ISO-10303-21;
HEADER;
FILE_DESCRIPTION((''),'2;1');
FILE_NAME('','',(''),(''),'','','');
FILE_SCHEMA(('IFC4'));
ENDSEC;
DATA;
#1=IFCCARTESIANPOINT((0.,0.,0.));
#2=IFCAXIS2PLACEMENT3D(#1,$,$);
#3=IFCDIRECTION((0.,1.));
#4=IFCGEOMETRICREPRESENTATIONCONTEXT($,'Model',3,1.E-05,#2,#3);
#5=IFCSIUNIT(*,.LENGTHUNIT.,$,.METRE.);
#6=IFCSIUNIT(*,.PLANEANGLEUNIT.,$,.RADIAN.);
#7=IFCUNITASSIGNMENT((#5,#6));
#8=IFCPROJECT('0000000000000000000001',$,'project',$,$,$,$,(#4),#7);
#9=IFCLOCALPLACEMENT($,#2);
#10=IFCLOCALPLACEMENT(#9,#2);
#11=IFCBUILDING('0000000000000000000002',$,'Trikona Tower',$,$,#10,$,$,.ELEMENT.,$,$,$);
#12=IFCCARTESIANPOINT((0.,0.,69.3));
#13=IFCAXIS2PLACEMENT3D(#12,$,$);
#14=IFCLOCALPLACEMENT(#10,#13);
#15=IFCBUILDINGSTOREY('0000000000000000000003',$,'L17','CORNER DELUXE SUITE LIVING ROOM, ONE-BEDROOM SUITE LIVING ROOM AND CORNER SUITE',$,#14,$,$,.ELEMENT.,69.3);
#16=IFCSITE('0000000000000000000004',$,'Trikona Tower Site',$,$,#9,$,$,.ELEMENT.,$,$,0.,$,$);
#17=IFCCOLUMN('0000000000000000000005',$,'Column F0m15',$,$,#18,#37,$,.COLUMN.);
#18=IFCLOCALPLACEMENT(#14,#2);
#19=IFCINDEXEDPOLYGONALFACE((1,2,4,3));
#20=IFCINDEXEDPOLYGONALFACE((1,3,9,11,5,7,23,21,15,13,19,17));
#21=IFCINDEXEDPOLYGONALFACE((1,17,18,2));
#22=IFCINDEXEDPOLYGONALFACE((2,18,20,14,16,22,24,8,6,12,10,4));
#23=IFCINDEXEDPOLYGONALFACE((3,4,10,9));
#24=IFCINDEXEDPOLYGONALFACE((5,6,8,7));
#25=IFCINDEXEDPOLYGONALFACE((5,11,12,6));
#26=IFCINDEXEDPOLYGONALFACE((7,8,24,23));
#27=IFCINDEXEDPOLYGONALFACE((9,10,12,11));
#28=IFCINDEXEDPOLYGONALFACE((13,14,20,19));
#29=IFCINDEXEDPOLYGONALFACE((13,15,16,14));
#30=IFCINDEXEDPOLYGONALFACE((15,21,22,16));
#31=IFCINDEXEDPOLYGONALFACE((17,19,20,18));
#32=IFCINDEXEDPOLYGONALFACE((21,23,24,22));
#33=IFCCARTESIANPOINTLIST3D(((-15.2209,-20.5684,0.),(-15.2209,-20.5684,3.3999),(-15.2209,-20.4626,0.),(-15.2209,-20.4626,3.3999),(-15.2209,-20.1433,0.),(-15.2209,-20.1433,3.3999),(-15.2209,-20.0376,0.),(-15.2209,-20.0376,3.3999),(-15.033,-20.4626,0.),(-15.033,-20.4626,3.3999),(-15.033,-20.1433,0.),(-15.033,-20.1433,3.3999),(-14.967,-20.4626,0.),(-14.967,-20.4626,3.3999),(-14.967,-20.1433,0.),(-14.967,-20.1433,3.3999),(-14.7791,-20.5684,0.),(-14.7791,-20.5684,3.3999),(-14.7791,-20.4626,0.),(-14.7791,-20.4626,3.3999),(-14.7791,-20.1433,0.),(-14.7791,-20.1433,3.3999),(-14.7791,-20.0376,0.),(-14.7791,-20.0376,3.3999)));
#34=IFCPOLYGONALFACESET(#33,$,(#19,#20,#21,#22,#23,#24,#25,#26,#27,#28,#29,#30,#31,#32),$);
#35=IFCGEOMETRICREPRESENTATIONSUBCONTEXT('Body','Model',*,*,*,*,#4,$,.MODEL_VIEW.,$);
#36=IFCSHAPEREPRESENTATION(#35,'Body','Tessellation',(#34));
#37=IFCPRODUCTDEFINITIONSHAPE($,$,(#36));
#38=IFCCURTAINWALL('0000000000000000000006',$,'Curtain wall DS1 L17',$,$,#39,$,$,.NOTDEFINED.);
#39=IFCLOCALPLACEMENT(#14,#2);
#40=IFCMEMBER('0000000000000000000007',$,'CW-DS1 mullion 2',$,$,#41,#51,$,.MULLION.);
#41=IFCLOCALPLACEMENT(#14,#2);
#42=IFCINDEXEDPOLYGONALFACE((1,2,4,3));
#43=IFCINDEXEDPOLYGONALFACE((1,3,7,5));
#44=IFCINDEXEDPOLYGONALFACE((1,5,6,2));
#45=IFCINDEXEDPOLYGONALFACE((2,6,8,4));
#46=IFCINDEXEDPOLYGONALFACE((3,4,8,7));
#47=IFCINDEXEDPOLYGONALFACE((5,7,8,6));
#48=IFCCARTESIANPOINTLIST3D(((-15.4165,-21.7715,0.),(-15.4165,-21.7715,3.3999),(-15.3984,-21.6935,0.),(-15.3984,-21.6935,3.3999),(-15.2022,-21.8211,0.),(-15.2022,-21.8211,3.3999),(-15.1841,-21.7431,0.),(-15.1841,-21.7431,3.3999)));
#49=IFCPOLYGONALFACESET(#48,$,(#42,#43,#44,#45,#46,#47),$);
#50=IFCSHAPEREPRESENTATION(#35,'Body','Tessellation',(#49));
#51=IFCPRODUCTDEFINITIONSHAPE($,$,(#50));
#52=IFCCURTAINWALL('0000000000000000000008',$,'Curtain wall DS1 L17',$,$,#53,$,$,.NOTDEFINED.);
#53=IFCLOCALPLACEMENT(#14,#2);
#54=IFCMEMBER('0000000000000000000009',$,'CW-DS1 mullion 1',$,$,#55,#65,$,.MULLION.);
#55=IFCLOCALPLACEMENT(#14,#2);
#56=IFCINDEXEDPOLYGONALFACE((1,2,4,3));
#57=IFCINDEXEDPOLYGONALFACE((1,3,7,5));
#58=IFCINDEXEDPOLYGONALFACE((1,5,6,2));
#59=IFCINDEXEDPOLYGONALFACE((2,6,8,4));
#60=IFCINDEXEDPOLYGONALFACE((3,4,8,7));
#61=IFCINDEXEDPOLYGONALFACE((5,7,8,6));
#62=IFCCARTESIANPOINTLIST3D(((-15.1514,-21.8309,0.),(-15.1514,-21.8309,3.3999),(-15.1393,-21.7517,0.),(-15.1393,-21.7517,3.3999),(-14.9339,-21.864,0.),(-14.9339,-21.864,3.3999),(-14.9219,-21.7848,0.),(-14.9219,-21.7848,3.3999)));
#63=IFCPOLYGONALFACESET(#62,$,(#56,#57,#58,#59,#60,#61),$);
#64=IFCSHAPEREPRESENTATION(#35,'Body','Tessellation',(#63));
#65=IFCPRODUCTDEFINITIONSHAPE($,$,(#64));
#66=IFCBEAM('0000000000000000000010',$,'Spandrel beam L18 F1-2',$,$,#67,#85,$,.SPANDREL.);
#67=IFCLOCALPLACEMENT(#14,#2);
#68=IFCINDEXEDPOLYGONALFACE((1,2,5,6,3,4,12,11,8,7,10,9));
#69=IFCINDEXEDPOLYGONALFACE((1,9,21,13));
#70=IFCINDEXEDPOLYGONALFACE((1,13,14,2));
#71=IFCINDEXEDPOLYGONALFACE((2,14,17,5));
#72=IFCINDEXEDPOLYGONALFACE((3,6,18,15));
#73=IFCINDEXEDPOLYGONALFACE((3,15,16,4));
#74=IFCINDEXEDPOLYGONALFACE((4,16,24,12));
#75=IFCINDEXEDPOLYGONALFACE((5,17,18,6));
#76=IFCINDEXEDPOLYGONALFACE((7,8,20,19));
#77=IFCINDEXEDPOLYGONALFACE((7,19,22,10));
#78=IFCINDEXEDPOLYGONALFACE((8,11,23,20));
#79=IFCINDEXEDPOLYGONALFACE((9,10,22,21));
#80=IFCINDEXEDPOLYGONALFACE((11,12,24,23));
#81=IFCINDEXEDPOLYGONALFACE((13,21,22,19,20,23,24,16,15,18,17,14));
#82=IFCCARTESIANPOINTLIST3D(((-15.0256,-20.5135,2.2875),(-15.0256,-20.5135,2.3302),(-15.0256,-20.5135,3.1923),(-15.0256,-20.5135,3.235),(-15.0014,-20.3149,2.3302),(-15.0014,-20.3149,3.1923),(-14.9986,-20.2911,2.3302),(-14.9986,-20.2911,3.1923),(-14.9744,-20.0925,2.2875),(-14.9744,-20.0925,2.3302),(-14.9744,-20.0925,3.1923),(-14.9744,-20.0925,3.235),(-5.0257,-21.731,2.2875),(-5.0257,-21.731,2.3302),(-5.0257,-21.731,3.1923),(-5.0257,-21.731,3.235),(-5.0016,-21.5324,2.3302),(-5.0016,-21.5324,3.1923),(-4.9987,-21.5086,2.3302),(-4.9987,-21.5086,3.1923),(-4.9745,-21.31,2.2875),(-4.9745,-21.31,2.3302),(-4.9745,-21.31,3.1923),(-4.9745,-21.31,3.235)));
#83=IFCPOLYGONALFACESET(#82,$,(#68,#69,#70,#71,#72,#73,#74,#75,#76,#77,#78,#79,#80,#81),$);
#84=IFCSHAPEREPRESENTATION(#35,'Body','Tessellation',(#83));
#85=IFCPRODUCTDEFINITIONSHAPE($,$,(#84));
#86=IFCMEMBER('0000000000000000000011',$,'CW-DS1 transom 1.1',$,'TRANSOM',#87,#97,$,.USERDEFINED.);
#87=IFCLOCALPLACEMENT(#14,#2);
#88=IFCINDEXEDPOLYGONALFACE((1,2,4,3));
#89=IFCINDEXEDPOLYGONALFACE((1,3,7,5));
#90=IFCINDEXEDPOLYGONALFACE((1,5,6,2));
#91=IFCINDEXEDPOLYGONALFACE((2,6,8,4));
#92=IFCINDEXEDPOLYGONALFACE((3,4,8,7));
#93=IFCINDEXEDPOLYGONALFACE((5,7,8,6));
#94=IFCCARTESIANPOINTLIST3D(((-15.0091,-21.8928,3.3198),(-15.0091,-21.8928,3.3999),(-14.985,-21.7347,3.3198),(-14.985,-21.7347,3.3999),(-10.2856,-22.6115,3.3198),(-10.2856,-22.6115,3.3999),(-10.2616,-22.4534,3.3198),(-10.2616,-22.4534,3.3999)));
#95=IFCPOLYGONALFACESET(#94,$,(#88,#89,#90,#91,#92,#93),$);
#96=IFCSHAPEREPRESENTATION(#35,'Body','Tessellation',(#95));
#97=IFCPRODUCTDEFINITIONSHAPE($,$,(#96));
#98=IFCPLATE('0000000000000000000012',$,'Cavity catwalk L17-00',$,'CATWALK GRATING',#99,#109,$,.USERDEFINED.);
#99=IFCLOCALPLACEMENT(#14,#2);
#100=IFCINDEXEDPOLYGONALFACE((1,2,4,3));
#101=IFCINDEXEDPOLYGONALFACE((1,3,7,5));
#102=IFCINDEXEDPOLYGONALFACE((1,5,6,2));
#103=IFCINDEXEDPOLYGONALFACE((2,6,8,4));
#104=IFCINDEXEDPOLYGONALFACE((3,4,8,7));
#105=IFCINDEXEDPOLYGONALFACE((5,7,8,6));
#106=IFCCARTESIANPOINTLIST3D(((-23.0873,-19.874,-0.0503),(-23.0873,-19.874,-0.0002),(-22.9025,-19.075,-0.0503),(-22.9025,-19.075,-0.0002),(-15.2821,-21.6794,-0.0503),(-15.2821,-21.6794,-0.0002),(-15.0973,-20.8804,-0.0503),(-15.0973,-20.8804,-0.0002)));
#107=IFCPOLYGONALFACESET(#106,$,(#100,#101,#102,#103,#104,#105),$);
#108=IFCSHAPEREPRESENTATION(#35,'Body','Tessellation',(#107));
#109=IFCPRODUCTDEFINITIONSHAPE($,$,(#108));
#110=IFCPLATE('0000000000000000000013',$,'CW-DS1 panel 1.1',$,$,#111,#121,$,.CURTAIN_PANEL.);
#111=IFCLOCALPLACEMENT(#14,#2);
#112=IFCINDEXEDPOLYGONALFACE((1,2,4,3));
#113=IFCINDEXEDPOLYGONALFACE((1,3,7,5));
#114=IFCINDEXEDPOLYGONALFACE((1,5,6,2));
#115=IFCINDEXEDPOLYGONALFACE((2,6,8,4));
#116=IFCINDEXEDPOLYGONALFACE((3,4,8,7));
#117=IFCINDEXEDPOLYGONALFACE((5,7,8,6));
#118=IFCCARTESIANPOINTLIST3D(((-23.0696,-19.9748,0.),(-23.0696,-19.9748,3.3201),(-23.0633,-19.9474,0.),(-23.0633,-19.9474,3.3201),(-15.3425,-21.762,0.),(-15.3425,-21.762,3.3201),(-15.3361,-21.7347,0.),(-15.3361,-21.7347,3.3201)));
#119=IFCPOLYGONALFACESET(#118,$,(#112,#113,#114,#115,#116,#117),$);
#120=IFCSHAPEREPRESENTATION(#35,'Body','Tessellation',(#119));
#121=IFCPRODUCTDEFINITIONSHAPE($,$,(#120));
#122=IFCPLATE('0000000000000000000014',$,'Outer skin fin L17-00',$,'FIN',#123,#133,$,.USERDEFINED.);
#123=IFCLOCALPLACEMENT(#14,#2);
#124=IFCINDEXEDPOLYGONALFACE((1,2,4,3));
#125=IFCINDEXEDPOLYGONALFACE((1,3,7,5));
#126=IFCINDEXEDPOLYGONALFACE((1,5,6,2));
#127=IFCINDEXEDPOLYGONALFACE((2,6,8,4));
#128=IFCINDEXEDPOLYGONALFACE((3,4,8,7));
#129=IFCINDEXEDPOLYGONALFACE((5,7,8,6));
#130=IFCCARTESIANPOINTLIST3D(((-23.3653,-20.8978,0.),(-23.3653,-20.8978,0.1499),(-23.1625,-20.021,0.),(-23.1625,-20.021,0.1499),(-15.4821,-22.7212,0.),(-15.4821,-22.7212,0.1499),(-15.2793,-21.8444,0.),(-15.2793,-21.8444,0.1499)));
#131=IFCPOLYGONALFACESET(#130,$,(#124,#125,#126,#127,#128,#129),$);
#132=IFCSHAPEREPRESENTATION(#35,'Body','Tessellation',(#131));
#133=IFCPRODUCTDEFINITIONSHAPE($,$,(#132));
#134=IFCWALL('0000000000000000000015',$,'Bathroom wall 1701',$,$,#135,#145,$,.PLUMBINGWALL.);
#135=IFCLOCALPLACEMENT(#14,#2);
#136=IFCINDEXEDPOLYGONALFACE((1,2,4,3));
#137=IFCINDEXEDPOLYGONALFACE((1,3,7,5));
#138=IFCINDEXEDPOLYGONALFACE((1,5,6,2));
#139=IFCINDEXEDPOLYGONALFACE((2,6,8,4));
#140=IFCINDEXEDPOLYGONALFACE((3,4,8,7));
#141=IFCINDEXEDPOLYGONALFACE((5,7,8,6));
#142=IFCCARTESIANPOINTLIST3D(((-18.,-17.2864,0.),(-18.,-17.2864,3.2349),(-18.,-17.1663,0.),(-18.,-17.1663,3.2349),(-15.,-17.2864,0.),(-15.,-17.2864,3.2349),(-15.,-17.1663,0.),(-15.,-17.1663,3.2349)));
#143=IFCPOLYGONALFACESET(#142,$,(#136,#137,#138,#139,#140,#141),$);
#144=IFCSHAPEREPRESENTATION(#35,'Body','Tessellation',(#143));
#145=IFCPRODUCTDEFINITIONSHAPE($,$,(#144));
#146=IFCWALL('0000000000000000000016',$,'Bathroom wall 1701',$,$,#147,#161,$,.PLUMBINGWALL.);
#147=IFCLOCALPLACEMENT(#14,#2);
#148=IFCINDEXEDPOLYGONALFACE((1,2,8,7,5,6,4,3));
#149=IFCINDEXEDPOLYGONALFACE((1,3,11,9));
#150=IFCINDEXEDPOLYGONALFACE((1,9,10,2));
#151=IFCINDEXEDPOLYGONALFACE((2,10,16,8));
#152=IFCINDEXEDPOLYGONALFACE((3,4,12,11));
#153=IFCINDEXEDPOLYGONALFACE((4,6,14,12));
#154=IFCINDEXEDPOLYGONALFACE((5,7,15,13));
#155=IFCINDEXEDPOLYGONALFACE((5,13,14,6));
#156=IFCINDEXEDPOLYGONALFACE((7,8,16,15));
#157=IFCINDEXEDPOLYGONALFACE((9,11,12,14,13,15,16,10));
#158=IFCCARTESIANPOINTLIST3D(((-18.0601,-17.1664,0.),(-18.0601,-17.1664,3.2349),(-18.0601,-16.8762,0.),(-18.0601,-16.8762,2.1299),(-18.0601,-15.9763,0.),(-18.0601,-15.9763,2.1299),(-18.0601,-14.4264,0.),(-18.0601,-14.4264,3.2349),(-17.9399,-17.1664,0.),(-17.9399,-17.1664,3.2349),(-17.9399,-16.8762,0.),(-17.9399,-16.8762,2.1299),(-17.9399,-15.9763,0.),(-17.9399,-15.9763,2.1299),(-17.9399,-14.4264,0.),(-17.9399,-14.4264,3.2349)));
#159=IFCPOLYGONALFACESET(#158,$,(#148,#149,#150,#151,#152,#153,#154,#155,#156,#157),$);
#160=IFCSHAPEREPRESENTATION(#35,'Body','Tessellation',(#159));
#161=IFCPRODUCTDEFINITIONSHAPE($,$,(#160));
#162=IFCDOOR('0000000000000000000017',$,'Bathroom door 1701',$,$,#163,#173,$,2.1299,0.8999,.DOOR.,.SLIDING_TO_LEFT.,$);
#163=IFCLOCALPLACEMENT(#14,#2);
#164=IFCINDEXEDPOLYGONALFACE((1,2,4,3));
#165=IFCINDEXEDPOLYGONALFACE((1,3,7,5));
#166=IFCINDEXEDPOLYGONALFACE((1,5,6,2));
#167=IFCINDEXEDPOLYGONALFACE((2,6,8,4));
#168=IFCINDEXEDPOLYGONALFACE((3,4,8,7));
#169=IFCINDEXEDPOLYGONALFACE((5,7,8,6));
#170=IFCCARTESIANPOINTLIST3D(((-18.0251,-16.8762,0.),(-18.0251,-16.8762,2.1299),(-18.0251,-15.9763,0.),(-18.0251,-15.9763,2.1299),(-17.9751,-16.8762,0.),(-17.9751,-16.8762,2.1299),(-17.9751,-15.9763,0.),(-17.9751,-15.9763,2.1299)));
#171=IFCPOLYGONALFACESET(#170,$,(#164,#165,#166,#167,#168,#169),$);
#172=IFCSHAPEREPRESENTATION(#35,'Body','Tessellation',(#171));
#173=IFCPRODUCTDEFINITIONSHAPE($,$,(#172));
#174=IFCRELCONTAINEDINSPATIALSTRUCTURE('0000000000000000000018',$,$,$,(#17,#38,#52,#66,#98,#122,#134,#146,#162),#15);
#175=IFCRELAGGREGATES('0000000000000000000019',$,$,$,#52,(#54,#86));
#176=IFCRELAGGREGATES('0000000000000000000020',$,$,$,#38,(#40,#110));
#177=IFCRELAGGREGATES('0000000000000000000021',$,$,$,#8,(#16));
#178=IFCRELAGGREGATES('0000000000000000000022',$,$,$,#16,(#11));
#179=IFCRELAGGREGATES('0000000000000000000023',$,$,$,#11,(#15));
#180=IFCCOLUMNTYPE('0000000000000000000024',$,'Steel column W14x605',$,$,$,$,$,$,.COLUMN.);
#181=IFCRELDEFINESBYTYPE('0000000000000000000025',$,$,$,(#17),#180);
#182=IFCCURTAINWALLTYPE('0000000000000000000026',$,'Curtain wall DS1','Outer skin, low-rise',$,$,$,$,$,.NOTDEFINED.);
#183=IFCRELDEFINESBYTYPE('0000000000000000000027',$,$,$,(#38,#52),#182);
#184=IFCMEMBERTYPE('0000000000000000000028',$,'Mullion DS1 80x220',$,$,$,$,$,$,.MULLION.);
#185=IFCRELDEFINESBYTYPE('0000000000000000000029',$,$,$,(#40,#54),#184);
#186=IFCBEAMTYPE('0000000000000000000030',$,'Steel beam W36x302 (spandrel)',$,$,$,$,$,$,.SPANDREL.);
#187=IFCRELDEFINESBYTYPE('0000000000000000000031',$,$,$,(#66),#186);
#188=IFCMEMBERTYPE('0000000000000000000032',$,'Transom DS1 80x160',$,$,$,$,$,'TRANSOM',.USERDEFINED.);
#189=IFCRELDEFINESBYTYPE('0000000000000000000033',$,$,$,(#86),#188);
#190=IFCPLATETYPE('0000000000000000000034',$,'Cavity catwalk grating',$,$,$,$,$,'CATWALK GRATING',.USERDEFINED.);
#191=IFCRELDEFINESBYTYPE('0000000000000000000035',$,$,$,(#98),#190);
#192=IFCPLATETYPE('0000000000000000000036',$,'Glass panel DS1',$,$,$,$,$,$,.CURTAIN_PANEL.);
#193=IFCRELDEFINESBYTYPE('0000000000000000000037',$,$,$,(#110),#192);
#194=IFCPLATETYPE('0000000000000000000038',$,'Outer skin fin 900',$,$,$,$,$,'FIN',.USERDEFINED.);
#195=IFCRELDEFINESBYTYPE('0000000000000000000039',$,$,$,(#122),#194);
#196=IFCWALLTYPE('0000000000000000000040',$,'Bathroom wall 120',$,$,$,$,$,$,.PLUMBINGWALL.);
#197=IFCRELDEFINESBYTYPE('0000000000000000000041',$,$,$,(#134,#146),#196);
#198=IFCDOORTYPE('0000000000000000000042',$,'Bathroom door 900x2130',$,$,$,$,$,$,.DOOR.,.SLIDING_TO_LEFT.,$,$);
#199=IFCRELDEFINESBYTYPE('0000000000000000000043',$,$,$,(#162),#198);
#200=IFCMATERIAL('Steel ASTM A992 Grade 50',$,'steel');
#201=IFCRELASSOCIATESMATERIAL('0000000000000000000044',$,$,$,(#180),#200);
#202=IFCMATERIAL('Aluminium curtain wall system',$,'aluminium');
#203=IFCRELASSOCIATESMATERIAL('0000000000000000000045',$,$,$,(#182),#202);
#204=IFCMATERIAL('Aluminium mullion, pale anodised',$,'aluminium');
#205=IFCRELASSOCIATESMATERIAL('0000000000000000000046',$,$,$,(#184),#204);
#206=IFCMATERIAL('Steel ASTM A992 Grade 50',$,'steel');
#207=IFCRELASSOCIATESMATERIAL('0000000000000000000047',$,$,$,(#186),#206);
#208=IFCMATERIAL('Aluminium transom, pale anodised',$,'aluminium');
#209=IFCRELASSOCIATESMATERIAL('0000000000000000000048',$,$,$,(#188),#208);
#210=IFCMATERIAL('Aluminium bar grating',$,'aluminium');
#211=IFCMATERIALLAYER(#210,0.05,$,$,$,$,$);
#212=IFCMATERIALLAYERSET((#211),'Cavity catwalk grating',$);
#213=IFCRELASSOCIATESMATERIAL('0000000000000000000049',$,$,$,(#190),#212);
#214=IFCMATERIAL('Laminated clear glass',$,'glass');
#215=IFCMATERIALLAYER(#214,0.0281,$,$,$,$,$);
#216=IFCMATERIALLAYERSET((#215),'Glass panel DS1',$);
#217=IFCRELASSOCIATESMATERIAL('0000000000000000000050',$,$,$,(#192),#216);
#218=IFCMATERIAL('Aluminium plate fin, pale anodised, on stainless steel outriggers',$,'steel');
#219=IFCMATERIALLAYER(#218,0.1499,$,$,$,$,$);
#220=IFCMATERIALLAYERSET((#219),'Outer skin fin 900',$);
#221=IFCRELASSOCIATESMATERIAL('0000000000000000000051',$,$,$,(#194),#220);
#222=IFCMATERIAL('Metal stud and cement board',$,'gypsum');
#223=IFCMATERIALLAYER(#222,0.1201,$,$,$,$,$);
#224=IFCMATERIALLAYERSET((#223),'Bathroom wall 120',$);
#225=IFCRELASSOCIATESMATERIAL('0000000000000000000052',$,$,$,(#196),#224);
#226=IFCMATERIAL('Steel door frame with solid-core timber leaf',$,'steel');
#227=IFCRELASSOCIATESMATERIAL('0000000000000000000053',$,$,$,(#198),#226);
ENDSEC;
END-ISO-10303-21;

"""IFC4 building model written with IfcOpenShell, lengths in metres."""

from ifc_helpers import new_model, si_unit, direction, frame, frame_2d, origin, origin_2d, place, context, subcontext, project, spatial, rectangle, i_section, extrude, material, layer, layer_set, material_profile, profile_set, type_object, element, fill, aggregate, save


model = new_model("IFC4")

# Units and contexts
model_context = context("Model", 3, precision=1e-05, world=origin(), true_north=direction((0.0, 1.0)))
body_context = subcontext(model_context, "Body", "Model", "MODEL_VIEW")
ifc_project = project(units=[si_unit("LENGTHUNIT", "METRE"), si_unit("PLANEANGLEUNIT", "RADIAN")], contexts=[model_context])

# Site, building, storey
site_placement = place(None, origin())
site = spatial("IfcSite", under=ifc_project, at=site_placement, Name="Trikona Tower Site", CompositionType="ELEMENT", RefElevation=0.0)
building_placement = place(site_placement, origin())
building = spatial("IfcBuilding", under=site, at=building_placement, Name="Trikona Tower", CompositionType="ELEMENT")
storey_placement = place(building_placement, frame((0.0, 0.0, 69.3)))
storey = spatial("IfcBuildingStorey", under=building, at=storey_placement, Name="L17", Description="CORNER DELUXE SUITE LIVING ROOM, ONE-BEDROOM SUITE LIVING ROOM AND CORNER SUITE", CompositionType="ELEMENT", Elevation=69.3)

# Column
ifc_material_1 = material(Name="Steel ASTM A992 Grade 50", Category="steel")
ifc_material_profile_1 = material_profile(ifc_material_1, i_section(OverallWidth=0.4419, OverallDepth=0.5308, WebThickness=0.0659, FlangeThickness=0.1057, at=origin_2d()), Name="W14X605")
ifc_profile_set_1 = profile_set([ifc_material_profile_1], Name="Steel ASTM A992 Grade 50")
column_type = type_object("IfcColumnType", Name="Steel column W14x605", PredefinedType="COLUMN", material=ifc_profile_set_1)
column_placement = place(storey_placement, frame((-15.0, -20.303, 0.0), z_axis=(0.0, 0.0, 1.0), x_axis=(1.0, 0.0, 0.0)))
element("IfcColumn", 1, at=column_placement, inside=storey, type_object=column_type, Name="Column F0m15", PredefinedType="COLUMN", context=body_context, shape_type="SweptSolid", body=[
    extrude(i_section(OverallWidth=0.4419, OverallDepth=0.5308, WebThickness=0.0659, FlangeThickness=0.1057, at=origin_2d()), origin(), (0.0, 0.0, 1.0), 3.3999),
])

# Curtain walls, members
ifc_material_2 = material(Name="Aluminium curtain wall system", Category="aluminium")
curtain_wall_type = type_object("IfcCurtainWallType", Name="Curtain wall DS1", Description="Outer skin, low-rise", PredefinedType="NOTDEFINED", material=ifc_material_2)
curtain_wall_1_placement = place(storey_placement, origin())
curtain_wall_1 = element("IfcCurtainWall", 2, at=curtain_wall_1_placement, inside=storey, type_object=curtain_wall_type, Name="Curtain wall DS1 L17", PredefinedType="NOTDEFINED")
ifc_material_3 = material(Name="Aluminium mullion, pale anodised", Category="aluminium")
ifc_material_profile_2 = material_profile(ifc_material_3, rectangle(XDim=0.0801, YDim=0.22, at=origin_2d()), Name="MUL-DS1")
ifc_profile_set_2 = profile_set([ifc_material_profile_2], Name="Aluminium mullion, pale anodised")
member_type_1 = type_object("IfcMemberType", Name="Mullion DS1 80x220", PredefinedType="MULLION", material=ifc_profile_set_2)
member_1_placement = place(storey_placement, frame((-15.3003, -21.7573, 0.0), z_axis=(0.0, 0.0, 1.0), x_axis=(0.225343, 0.974279, 0.0)))
member_1 = element("IfcMember", 3, at=member_1_placement, type_object=member_type_1, Name="CW-DS1 mullion 2", PredefinedType="MULLION", context=body_context, shape_type="SweptSolid", body=[
    extrude(rectangle(XDim=0.0801, YDim=0.22, at=origin_2d()), origin(), (0.0, 0.0, 1.0), 3.3999),
])
curtain_wall_2_placement = place(storey_placement, origin())
curtain_wall_2 = element("IfcCurtainWall", 4, at=curtain_wall_2_placement, inside=storey, type_object=curtain_wall_type, Name="Curtain wall DS1 L17", PredefinedType="NOTDEFINED")
member_2_placement = place(storey_placement, frame((-15.0366, -21.8079, 0.0), z_axis=(0.0, 0.0, 1.0), x_axis=(0.150438, 0.988619, 0.0)))
member_2 = element("IfcMember", 5, at=member_2_placement, type_object=member_type_1, Name="CW-DS1 mullion 1", PredefinedType="MULLION", context=body_context, shape_type="SweptSolid", body=[
    extrude(rectangle(XDim=0.0801, YDim=0.22, at=origin_2d()), origin(), (0.0, 0.0, 1.0), 3.3999),
])

# Beam
ifc_material_4 = material(Name="Steel ASTM A992 Grade 50", Category="steel")
ifc_material_profile_3 = material_profile(ifc_material_4, i_section(OverallWidth=0.4241, OverallDepth=0.9475, WebThickness=0.0239, FlangeThickness=0.0427, at=origin_2d()), Name="W36X302")
ifc_profile_set_3 = profile_set([ifc_material_profile_3], Name="Steel ASTM A992 Grade 50")
beam_type = type_object("IfcBeamType", Name="Steel beam W36x302 (spandrel)", PredefinedType="SPANDREL", material=ifc_profile_set_3)
beam_placement = place(storey_placement, frame((-15.0, -20.303, 2.7612), z_axis=(0.99267, -0.12086, 0.0), x_axis=(0.12086, 0.99267, 0.0)))
element("IfcBeam", 6, at=beam_placement, inside=storey, type_object=beam_type, Name="Spandrel beam L18 F1-2", PredefinedType="SPANDREL", context=body_context, shape_type="SweptSolid", body=[
    extrude(i_section(OverallWidth=0.4241, OverallDepth=0.9475, WebThickness=0.0239, FlangeThickness=0.0427, at=origin_2d()), origin(), (0.0, 0.0, 1.0), 10.0737),
])

# Member
ifc_material_5 = material(Name="Aluminium transom, pale anodised", Category="aluminium")
ifc_material_profile_4 = material_profile(ifc_material_5, rectangle(XDim=0.1599, YDim=0.0801, at=origin_2d()), Name="TRN-DS1")
ifc_profile_set_4 = profile_set([ifc_material_profile_4], Name="Aluminium transom, pale anodised")
member_type_2 = type_object("IfcMemberType", Name="Transom DS1 80x160", ElementType="TRANSOM", PredefinedType="USERDEFINED", material=ifc_profile_set_4)
member_3_placement = place(storey_placement, frame((-14.9971, -21.8137, 3.3599), z_axis=(0.98862, -0.150437, 0.0), x_axis=(0.150437, 0.98862, 0.0)))
member_3 = element("IfcMember", 7, at=member_3_placement, type_object=member_type_2, Name="CW-DS1 transom 1.1", ObjectType="TRANSOM", PredefinedType="USERDEFINED", context=body_context, shape_type="SweptSolid", body=[
    extrude(rectangle(XDim=0.1599, YDim=0.0801, at=origin_2d()), origin(), (0.0, 0.0, 1.0), 4.7778),
])
aggregate(curtain_wall_2, [member_2, member_3])

# Plates
ifc_material_6 = material(Name="Aluminium bar grating", Category="aluminium")
ifc_layer_1 = layer(ifc_material_6, 0.05)
ifc_layer_set_1 = layer_set([ifc_layer_1], Name="Cavity catwalk grating")
plate_type_1 = type_object("IfcPlateType", Name="Cavity catwalk grating", ElementType="CATWALK GRATING", PredefinedType="USERDEFINED", material=ifc_layer_set_1)
plate_1_placement = place(storey_placement, frame((-19.0923, -20.3772, -0.0503), z_axis=(0.0, 0.0, 1.0), x_axis=(0.974278, -0.225351, 0.0)))
element("IfcPlate", 8, at=plate_1_placement, inside=storey, type_object=plate_type_1, Name="Cavity catwalk L17-00", ObjectType="CATWALK GRATING", PredefinedType="USERDEFINED", context=body_context, shape_type="SweptSolid", body=[
    extrude(rectangle(XDim=8.0112, YDim=0.8201, at=origin_2d()), origin(), (0.0, 0.0, 1.0), 0.05),
])
ifc_material_7 = material(Name="Laminated clear glass", Category="glass")
ifc_layer_2 = layer(ifc_material_7, 0.0281)
ifc_layer_set_2 = layer_set([ifc_layer_2], Name="Glass panel DS1")
plate_type_2 = type_object("IfcPlateType", Name="Glass panel DS1", PredefinedType="CURTAIN_PANEL", material=ifc_layer_set_2)
plate_2_placement = place(storey_placement, frame((-19.2029, -20.8547, 0.0), z_axis=(0.0, 0.0, 1.0), x_axis=(0.974279, -0.225343, 0.0)))
plate_2 = element("IfcPlate", 9, at=plate_2_placement, type_object=plate_type_2, Name="CW-DS1 panel 1.1", PredefinedType="CURTAIN_PANEL", context=body_context, shape_type="SweptSolid", body=[
    extrude(rectangle(XDim=7.9312, YDim=0.0281, at=origin_2d()), origin(), (0.0, 0.0, 1.0), 3.3201),
])
aggregate(curtain_wall_1, [member_1, plate_2])
ifc_material_8 = material(Name="Aluminium plate fin, pale anodised, on stainless steel outriggers", Category="steel")
ifc_layer_3 = layer(ifc_material_8, 0.1499)
ifc_layer_set_3 = layer_set([ifc_layer_3], Name="Outer skin fin 900")
plate_type_3 = type_object("IfcPlateType", Name="Outer skin fin 900", ElementType="FIN", PredefinedType="USERDEFINED", material=ifc_layer_set_3)
plate_3_placement = place(storey_placement, frame((-19.3223, -21.3711, 0.0), z_axis=(0.0, 0.0, 1.0), x_axis=(0.974278, -0.225351, 0.0)))
element("IfcPlate", 10, at=plate_3_placement, inside=storey, type_object=plate_type_3, Name="Outer skin fin L17-00", ObjectType="FIN", PredefinedType="USERDEFINED", context=body_context, shape_type="SweptSolid", body=[
    extrude(rectangle(XDim=8.0913, YDim=0.8999, at=origin_2d()), origin(), (0.0, 0.0, 1.0), 0.1499),
])

# Wall
ifc_material_9 = material(Name="Metal stud and cement board", Category="gypsum")
ifc_layer_4 = layer(ifc_material_9, 0.1201)
ifc_layer_set_4 = layer_set([ifc_layer_4], Name="Bathroom wall 120")
wall_type_1 = type_object("IfcWallType", Name="Bathroom wall 120", PredefinedType="PLUMBINGWALL", material=ifc_layer_set_4)
wall_1_placement = place(storey_placement, frame((-18.0, -17.2263, 0.0), z_axis=(0.0, 0.0, 1.0), x_axis=(1.0, 0.0, 0.0)))
element("IfcWall", 11, at=wall_1_placement, inside=storey, type_object=wall_type_1, Name="Bathroom wall 1701", PredefinedType="PLUMBINGWALL", context=body_context, shape_type="SweptSolid", body=[
    extrude(rectangle(XDim=3.0, YDim=0.1201, at=frame_2d((1.5, 0.0))), origin(), (0.0, 0.0, 1.0), 3.2349),
])

# Wall, opening, door
wall_2_placement = place(storey_placement, frame((-18.0, -14.4263, 0.0), z_axis=(0.0, 0.0, 1.0), x_axis=(0.0, -1.0, 0.0)))
wall_2 = element("IfcWall", 12, at=wall_2_placement, inside=storey, type_object=wall_type_1, Name="Bathroom wall 1701", PredefinedType="PLUMBINGWALL", context=body_context, shape_type="SweptSolid", body=[
    extrude(rectangle(XDim=2.74, YDim=0.1201, at=frame_2d((1.3701, 0.0))), origin(), (0.0, 0.0, 1.0), 3.2349),
])
opening_1_placement = place(wall_2_placement, frame((1.55, 0.0, 0.0)))
opening_1 = element("IfcOpeningElement", 13, at=opening_1_placement, cuts=wall_2, PredefinedType="OPENING", context=body_context, shape_type="SweptSolid", body=[
    extrude(rectangle(XDim=0.8999, YDim=2.1299, at=frame_2d((0.45, 1.0649))), frame((0.0, 0.0701, 0.0), z_axis=(0.0, -1.0, 0.0), x_axis=(1.0, 0.0, 0.0)), (0.0, 0.0, 1.0), 0.1401),
])
ifc_material_10 = material(Name="Steel door frame with solid-core timber leaf", Category="steel")
door_type = type_object("IfcDoorType", Name="Bathroom door 900x2130", OperationType="SLIDING_TO_LEFT", PredefinedType="DOOR", material=ifc_material_10)
door_placement = place(opening_1_placement, origin())
door = element("IfcDoor", 14, at=door_placement, inside=storey, type_object=door_type, Name="Bathroom door 1701", OperationType="SLIDING_TO_LEFT", OverallHeight=2.1299, OverallWidth=0.8999, PredefinedType="DOOR", context=body_context, shape_type="SweptSolid", body=[
    extrude(rectangle(XDim=0.8999, YDim=2.1299, at=frame_2d((0.45, 1.0649))), frame((0.0, 0.0249, 0.0), z_axis=(0.0, -1.0, 0.0), x_axis=(1.0, 0.0, 0.0)), (0.0, 0.0, 1.0), 0.05),
])
fill(opening_1, door)

save(model, "model.ifc")
